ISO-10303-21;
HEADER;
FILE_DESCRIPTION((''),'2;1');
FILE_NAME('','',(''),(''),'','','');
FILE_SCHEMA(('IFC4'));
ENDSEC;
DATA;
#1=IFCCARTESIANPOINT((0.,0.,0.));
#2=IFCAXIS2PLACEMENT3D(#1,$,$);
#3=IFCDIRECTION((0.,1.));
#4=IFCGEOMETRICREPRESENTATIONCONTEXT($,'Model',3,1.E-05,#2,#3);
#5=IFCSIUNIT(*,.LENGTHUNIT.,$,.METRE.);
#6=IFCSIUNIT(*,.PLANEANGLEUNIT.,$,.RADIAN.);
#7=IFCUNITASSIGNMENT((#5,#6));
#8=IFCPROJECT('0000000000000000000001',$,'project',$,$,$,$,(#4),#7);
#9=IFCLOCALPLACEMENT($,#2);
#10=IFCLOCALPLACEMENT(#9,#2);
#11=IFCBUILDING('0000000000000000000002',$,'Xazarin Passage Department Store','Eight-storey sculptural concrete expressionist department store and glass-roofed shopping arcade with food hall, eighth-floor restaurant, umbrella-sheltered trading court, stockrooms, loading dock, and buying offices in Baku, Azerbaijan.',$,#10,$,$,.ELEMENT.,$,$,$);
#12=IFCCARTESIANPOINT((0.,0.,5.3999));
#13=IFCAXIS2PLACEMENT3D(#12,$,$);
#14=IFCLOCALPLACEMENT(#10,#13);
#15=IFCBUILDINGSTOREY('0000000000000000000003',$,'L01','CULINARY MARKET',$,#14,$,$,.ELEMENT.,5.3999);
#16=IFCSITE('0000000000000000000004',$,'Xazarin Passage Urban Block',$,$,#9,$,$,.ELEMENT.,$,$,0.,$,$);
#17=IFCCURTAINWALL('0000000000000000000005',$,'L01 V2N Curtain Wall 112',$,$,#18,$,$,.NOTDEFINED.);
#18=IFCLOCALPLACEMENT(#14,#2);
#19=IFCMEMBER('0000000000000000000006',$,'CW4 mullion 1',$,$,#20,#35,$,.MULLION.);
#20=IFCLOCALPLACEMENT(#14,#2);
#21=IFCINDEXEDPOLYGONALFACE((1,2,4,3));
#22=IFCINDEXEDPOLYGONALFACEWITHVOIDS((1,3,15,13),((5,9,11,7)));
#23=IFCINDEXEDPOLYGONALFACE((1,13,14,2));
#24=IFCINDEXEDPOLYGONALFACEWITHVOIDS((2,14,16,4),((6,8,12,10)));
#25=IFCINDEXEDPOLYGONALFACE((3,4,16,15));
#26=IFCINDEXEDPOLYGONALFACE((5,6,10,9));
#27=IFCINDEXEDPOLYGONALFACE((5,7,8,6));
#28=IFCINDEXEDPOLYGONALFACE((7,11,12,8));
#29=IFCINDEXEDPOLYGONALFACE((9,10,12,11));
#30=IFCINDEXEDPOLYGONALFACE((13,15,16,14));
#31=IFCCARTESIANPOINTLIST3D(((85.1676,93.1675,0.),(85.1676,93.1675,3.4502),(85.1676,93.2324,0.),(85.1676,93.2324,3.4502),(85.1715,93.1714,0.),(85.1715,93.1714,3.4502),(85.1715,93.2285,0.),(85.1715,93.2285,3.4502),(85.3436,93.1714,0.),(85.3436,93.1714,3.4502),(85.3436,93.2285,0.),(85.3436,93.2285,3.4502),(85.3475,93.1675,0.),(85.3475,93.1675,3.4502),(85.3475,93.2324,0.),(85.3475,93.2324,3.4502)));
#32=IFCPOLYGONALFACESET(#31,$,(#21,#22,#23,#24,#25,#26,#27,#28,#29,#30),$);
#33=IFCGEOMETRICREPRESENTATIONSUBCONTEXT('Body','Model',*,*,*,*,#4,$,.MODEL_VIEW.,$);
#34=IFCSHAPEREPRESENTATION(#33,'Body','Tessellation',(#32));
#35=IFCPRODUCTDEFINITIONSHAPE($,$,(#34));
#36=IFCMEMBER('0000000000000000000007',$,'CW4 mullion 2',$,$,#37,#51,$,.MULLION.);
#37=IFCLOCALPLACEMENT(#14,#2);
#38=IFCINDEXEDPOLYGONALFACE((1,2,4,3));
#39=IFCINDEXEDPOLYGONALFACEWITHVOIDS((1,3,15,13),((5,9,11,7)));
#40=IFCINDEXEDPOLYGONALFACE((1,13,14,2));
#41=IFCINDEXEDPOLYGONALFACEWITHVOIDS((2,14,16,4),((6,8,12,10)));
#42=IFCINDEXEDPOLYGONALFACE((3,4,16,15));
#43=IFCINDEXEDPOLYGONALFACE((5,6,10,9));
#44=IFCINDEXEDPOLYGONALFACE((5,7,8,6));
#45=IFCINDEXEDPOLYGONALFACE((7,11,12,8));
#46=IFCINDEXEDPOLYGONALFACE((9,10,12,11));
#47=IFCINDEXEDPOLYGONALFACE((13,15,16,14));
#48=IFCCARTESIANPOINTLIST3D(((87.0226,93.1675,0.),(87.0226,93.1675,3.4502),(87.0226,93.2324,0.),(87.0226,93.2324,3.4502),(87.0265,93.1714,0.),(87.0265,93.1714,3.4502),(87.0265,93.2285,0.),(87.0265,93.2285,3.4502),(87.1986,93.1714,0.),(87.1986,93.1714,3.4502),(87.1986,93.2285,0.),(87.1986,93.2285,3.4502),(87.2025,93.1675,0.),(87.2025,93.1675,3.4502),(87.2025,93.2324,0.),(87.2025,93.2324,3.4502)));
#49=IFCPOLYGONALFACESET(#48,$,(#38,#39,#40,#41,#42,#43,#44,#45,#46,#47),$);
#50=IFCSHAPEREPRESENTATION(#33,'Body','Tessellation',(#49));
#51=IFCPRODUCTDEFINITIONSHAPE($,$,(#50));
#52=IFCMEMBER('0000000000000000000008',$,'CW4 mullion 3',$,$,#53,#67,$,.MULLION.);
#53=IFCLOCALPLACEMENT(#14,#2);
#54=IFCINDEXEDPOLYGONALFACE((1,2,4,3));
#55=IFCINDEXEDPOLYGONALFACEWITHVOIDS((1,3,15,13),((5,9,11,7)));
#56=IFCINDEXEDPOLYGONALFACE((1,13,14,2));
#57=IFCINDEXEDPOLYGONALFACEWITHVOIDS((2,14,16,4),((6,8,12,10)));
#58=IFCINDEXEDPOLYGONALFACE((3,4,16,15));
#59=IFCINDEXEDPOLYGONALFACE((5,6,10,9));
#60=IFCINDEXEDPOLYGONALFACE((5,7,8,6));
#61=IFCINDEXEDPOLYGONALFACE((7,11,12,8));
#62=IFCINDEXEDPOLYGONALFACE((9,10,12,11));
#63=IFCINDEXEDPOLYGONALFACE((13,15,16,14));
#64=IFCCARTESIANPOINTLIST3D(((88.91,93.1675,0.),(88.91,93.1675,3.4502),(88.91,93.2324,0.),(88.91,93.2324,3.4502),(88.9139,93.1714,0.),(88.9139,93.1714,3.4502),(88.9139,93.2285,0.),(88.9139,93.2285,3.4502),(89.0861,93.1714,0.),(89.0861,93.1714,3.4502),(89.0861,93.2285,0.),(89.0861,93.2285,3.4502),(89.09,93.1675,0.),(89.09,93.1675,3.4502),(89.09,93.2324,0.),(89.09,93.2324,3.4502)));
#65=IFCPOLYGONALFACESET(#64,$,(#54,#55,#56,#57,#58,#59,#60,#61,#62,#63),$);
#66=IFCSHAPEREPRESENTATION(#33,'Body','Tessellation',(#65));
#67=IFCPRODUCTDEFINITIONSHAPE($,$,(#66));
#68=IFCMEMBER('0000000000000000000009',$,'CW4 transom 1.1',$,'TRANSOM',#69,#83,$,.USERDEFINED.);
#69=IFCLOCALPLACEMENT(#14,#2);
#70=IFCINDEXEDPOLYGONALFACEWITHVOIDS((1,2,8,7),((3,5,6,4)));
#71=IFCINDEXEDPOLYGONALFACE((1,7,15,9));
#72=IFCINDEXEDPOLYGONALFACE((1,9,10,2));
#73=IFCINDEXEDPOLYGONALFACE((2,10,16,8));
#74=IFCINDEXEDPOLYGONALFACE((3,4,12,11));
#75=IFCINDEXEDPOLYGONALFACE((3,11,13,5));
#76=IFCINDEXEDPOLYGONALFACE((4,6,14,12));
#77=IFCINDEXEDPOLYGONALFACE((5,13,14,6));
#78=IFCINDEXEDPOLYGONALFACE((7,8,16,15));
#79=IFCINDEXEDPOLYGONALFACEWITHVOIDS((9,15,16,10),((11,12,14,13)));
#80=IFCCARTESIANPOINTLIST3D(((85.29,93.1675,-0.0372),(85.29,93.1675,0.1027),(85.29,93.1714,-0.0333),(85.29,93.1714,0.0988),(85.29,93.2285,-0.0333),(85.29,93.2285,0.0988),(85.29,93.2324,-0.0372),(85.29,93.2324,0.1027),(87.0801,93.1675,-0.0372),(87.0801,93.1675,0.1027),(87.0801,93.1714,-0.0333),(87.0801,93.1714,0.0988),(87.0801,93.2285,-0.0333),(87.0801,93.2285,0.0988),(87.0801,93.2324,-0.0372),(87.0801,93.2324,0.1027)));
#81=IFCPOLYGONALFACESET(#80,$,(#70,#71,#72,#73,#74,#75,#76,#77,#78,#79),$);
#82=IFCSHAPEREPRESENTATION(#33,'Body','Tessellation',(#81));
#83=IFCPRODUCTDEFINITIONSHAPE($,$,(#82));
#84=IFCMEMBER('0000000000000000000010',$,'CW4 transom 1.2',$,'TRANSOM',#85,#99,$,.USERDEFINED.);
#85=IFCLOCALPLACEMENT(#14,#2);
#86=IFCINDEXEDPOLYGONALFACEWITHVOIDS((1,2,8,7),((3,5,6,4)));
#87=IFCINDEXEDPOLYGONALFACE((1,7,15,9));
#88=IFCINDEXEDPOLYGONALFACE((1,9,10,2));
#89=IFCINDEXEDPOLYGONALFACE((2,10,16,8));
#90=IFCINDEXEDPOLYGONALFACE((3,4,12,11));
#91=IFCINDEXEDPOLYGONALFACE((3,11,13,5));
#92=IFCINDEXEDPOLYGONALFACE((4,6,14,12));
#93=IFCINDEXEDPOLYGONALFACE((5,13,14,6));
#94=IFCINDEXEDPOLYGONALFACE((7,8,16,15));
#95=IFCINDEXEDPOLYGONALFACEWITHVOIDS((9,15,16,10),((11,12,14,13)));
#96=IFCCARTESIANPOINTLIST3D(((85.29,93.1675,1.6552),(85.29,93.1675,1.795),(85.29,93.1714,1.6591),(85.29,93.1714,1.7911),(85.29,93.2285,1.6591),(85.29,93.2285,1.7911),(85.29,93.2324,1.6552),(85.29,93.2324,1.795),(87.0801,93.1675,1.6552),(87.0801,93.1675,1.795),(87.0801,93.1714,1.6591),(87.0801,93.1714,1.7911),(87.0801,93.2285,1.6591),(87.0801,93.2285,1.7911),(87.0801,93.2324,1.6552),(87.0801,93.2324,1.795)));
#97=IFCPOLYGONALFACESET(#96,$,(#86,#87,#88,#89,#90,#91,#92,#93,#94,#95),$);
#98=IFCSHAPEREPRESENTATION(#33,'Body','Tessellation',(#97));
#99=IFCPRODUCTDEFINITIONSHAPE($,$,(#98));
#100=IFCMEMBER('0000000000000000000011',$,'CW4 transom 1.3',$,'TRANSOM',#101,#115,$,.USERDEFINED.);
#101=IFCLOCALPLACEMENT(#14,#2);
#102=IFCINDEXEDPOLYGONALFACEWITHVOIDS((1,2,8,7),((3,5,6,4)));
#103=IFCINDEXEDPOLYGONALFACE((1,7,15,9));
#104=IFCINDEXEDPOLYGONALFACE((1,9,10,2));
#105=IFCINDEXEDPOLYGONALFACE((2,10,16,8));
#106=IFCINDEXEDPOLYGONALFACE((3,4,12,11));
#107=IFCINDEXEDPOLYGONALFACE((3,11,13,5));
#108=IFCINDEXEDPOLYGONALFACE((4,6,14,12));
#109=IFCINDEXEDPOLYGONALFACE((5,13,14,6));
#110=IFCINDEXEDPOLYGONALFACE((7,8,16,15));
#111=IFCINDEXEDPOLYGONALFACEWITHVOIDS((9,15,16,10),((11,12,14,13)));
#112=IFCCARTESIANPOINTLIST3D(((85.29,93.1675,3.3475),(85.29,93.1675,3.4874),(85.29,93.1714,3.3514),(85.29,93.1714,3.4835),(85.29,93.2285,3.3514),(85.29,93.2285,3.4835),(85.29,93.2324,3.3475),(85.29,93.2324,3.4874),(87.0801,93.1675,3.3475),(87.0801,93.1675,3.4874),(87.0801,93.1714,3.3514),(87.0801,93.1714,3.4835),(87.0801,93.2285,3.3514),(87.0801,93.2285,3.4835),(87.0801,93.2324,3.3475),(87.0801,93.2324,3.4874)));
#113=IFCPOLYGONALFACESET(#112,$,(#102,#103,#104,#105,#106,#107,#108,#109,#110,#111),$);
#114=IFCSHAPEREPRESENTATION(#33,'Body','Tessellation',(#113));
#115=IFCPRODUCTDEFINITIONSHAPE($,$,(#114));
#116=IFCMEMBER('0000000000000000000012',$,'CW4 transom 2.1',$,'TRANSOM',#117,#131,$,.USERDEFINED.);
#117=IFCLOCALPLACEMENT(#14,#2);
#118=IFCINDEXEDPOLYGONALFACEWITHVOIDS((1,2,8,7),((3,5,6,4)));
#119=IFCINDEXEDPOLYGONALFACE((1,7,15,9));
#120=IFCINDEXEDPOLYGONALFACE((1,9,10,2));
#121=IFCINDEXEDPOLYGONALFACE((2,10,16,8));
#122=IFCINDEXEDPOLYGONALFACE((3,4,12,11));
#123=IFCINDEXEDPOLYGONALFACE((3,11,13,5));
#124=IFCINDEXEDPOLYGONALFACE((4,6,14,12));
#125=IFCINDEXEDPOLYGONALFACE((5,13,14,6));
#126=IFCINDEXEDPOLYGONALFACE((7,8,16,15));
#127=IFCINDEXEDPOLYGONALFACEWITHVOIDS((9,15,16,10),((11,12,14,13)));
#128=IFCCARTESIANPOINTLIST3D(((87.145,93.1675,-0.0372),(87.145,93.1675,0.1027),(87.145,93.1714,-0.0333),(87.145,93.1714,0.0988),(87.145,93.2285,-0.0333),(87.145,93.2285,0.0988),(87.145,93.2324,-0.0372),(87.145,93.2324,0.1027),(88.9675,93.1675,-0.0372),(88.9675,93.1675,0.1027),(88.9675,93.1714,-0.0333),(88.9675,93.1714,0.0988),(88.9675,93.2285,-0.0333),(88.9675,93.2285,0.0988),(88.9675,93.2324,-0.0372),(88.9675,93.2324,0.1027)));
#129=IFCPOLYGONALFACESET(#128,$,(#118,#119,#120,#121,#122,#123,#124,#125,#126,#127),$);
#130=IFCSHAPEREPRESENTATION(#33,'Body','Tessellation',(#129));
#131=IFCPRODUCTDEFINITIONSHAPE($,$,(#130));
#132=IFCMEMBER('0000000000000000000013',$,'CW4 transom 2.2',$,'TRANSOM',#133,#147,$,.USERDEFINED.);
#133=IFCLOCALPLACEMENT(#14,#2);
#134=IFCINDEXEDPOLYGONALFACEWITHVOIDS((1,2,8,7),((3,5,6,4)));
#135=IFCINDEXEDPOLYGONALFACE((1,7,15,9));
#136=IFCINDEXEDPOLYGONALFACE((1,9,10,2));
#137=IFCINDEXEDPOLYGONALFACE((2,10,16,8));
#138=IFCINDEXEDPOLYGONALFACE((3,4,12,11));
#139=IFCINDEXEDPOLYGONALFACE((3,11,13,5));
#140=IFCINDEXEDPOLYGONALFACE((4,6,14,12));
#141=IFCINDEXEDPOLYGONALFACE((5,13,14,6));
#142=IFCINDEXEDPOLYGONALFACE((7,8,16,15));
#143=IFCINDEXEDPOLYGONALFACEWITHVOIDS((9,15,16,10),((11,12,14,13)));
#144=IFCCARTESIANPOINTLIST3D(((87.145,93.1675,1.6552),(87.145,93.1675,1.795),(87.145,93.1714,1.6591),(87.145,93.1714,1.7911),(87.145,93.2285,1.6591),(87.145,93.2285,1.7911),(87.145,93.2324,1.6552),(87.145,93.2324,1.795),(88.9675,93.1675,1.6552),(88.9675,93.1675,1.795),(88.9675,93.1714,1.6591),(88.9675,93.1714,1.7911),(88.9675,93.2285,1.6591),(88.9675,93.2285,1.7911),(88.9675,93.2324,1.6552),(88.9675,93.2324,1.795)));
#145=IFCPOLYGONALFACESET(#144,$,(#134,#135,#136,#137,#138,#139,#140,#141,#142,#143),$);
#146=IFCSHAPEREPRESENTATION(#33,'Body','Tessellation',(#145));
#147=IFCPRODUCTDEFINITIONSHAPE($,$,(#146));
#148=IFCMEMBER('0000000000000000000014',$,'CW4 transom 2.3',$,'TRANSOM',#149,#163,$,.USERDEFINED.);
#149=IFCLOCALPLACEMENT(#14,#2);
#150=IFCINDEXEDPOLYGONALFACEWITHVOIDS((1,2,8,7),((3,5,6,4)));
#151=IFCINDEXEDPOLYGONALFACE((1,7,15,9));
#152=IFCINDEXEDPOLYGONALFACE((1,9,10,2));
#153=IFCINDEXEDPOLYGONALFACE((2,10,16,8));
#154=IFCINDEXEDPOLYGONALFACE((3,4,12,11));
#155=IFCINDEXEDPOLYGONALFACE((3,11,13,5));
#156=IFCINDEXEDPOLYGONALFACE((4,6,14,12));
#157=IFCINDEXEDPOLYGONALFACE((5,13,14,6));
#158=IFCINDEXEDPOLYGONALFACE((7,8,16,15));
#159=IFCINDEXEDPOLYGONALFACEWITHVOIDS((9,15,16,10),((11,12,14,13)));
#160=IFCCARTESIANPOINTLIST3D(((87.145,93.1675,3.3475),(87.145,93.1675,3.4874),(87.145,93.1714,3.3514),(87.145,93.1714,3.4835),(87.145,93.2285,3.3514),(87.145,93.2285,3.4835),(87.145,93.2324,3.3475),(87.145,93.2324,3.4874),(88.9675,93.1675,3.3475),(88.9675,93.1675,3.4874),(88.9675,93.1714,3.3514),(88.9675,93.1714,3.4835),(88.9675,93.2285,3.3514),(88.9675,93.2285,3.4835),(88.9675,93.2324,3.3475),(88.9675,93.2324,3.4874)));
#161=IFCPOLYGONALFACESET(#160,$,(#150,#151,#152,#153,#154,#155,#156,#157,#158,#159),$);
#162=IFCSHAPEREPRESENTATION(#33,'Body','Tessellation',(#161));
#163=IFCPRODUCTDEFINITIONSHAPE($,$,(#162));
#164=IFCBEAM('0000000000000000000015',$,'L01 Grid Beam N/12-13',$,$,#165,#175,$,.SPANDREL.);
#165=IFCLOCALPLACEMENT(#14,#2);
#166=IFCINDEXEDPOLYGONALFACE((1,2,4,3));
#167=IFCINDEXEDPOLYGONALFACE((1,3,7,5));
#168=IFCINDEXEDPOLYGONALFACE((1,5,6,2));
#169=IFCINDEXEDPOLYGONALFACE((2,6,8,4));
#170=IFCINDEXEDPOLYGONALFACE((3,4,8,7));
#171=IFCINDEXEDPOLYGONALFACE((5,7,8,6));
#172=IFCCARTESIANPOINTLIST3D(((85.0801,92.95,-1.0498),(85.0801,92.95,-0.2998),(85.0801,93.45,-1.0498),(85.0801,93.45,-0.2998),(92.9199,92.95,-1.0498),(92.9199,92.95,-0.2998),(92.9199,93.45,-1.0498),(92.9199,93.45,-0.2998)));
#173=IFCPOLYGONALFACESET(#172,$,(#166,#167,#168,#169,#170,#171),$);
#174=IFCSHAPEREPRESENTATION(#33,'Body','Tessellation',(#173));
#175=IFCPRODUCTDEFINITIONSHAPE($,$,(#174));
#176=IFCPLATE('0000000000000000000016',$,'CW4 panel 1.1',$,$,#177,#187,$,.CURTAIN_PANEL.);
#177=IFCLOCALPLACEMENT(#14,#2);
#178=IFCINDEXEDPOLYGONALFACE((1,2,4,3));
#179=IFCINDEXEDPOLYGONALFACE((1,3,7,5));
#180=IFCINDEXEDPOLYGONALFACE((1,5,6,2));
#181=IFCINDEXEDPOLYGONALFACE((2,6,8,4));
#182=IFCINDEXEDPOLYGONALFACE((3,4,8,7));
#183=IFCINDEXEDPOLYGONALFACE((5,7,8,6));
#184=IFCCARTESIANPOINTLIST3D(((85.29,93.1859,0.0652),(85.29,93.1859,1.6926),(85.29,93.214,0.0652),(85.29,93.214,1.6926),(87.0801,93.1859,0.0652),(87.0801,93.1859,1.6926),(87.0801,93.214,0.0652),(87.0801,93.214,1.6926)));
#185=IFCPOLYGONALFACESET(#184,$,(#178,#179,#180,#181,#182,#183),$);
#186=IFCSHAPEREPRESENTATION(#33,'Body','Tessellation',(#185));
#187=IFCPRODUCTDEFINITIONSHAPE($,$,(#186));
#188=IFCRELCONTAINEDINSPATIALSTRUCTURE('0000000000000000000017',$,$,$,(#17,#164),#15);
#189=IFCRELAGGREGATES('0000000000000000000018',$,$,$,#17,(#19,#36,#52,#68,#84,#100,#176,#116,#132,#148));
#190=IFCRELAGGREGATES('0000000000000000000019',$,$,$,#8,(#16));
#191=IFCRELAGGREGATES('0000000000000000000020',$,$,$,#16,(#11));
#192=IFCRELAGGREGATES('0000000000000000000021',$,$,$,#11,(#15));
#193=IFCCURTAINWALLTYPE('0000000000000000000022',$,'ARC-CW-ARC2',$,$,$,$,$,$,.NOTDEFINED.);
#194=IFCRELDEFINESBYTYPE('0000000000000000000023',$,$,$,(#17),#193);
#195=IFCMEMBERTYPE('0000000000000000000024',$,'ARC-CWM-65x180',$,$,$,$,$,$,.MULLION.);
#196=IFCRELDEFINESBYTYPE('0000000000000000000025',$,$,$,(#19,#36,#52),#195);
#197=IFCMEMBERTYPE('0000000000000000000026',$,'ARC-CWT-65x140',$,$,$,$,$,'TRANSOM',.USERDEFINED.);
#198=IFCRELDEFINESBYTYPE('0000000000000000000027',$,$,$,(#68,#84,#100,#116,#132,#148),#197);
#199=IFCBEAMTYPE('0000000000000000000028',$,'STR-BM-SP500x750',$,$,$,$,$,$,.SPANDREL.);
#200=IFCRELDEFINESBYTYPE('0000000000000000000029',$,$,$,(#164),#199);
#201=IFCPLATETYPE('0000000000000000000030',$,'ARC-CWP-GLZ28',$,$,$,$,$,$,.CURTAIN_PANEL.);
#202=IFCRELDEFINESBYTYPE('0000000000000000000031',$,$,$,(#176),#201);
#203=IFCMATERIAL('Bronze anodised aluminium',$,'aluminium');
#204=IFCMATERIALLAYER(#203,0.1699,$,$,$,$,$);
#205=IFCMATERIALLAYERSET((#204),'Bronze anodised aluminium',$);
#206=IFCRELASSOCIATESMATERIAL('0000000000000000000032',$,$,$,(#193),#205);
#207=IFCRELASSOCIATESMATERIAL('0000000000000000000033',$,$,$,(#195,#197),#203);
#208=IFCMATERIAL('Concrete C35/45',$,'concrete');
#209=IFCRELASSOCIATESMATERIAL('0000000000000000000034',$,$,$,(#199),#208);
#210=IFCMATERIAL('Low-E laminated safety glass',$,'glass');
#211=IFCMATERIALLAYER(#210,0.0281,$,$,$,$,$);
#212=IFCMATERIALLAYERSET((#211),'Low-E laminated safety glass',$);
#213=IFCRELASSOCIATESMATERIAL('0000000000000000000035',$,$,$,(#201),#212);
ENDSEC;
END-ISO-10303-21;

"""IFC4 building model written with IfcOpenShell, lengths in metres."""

from ifc_helpers import new_model, si_unit, direction, frame, origin, origin_2d, place, context, subcontext, project, spatial, rectangle, hollow_rectangle, extrude, material, layer, layer_set, material_profile, profile_set, type_object, element, aggregate, save


model = new_model("IFC4")

# Units and contexts
model_context = context("Model", 3, precision=1e-05, world=origin(), true_north=direction((0.0, 1.0)))
body_context = subcontext(model_context, "Body", "Model", "MODEL_VIEW")
ifc_project = project(units=[si_unit("LENGTHUNIT", "METRE"), si_unit("PLANEANGLEUNIT", "RADIAN")], contexts=[model_context])

# Site, building, storey
site_placement = place(None, origin())
site = spatial("IfcSite", under=ifc_project, at=site_placement, Name="Xazarin Passage Urban Block", CompositionType="ELEMENT", RefElevation=0.0)
building_placement = place(site_placement, origin())
building = spatial("IfcBuilding", under=site, at=building_placement, Name="Xazarin Passage Department Store", Description="Eight-storey sculptural concrete expressionist department store and glass-roofed shopping arcade with food hall, eighth-floor restaurant, umbrella-sheltered trading court, stockrooms, loading dock, and buying offices in Baku, Azerbaijan.", CompositionType="ELEMENT")
storey_placement = place(building_placement, frame((0.0, 0.0, 5.3999)))
storey = spatial("IfcBuildingStorey", under=building, at=storey_placement, Name="L01", Description="CULINARY MARKET", CompositionType="ELEMENT", Elevation=5.3999)

# Curtain wall, members
ifc_material_1 = material(Name="Bronze anodised aluminium", Category="aluminium")
ifc_layer_1 = layer(ifc_material_1, 0.1699)
ifc_layer_set_1 = layer_set([ifc_layer_1], Name="Bronze anodised aluminium")
curtain_wall_type = type_object("IfcCurtainWallType", Name="ARC-CW-ARC2", PredefinedType="NOTDEFINED", material=ifc_layer_set_1)
curtain_wall_placement = place(storey_placement, origin())
curtain_wall = element("IfcCurtainWall", 1, at=curtain_wall_placement, inside=storey, type_object=curtain_wall_type, Name="L01 V2N Curtain Wall 112", PredefinedType="NOTDEFINED")
ifc_material_profile_1 = material_profile(ifc_material_1, hollow_rectangle(XDim=0.0649, YDim=0.1799, WallThickness=0.0039, at=origin_2d()), Name="ALU 65x180")
ifc_profile_set_1 = profile_set([ifc_material_profile_1], Name="Bronze anodised aluminium")
member_type_1 = type_object("IfcMemberType", Name="ARC-CWM-65x180", PredefinedType="MULLION", material=ifc_profile_set_1)
member_1_placement = place(storey_placement, frame((85.2576, 93.2, 0.0), z_axis=(0.0, 0.0, 1.0), x_axis=(0.0, 1.0, 0.0)))
member_1 = element("IfcMember", 2, at=member_1_placement, type_object=member_type_1, Name="CW4 mullion 1", PredefinedType="MULLION", context=body_context, shape_type="SweptSolid", body=[
    extrude(hollow_rectangle(XDim=0.0649, YDim=0.1799, WallThickness=0.0039, at=origin_2d()), origin(), (0.0, 0.0, 1.0), 3.4502),
])
member_2_placement = place(storey_placement, frame((87.1125, 93.2, 0.0), z_axis=(0.0, 0.0, 1.0), x_axis=(0.0, 1.0, 0.0)))
member_2 = element("IfcMember", 3, at=member_2_placement, type_object=member_type_1, Name="CW4 mullion 2", PredefinedType="MULLION", context=body_context, shape_type="SweptSolid", body=[
    extrude(hollow_rectangle(XDim=0.0649, YDim=0.1799, WallThickness=0.0039, at=origin_2d()), origin(), (0.0, 0.0, 1.0), 3.4502),
])
member_3_placement = place(storey_placement, frame((89.0, 93.2, 0.0), z_axis=(0.0, 0.0, 1.0), x_axis=(0.0, 1.0, 0.0)))
member_3 = element("IfcMember", 4, at=member_3_placement, type_object=member_type_1, Name="CW4 mullion 3", PredefinedType="MULLION", context=body_context, shape_type="SweptSolid", body=[
    extrude(hollow_rectangle(XDim=0.0649, YDim=0.1799, WallThickness=0.0039, at=origin_2d()), origin(), (0.0, 0.0, 1.0), 3.4502),
])
ifc_material_profile_2 = material_profile(ifc_material_1, hollow_rectangle(XDim=0.0649, YDim=0.1399, WallThickness=0.0039, at=origin_2d()), Name="ALU 65x140")
ifc_profile_set_2 = profile_set([ifc_material_profile_2], Name="Bronze anodised aluminium")
member_type_2 = type_object("IfcMemberType", Name="ARC-CWT-65x140", ElementType="TRANSOM", PredefinedType="USERDEFINED", material=ifc_profile_set_2)
member_4_placement = place(storey_placement, frame((85.29, 93.2, 0.0327), z_axis=(1.0, 0.0, 0.0), x_axis=(0.0, 1.0, 0.0)))
member_4 = element("IfcMember", 5, at=member_4_placement, type_object=member_type_2, Name="CW4 transom 1.1", ObjectType="TRANSOM", PredefinedType="USERDEFINED", context=body_context, shape_type="SweptSolid", body=[
    extrude(hollow_rectangle(XDim=0.0649, YDim=0.1399, WallThickness=0.0039, at=origin_2d()), origin(), (0.0, 0.0, 1.0), 1.79),
])
member_5_placement = place(storey_placement, frame((85.29, 93.2, 1.7251), z_axis=(1.0, 0.0, 0.0), x_axis=(0.0, 1.0, 0.0)))
member_5 = element("IfcMember", 6, at=member_5_placement, type_object=member_type_2, Name="CW4 transom 1.2", ObjectType="TRANSOM", PredefinedType="USERDEFINED", context=body_context, shape_type="SweptSolid", body=[
    extrude(hollow_rectangle(XDim=0.0649, YDim=0.1399, WallThickness=0.0039, at=origin_2d()), origin(), (0.0, 0.0, 1.0), 1.79),
])
member_6_placement = place(storey_placement, frame((85.29, 93.2, 3.4175), z_axis=(1.0, 0.0, 0.0), x_axis=(0.0, 1.0, 0.0)))
member_6 = element("IfcMember", 7, at=member_6_placement, type_object=member_type_2, Name="CW4 transom 1.3", ObjectType="TRANSOM", PredefinedType="USERDEFINED", context=body_context, shape_type="SweptSolid", body=[
    extrude(hollow_rectangle(XDim=0.0649, YDim=0.1399, WallThickness=0.0039, at=origin_2d()), origin(), (0.0, 0.0, 1.0), 1.79),
])
member_7_placement = place(storey_placement, frame((87.145, 93.2, 0.0327), z_axis=(1.0, 0.0, 0.0), x_axis=(0.0, 1.0, 0.0)))
member_7 = element("IfcMember", 8, at=member_7_placement, type_object=member_type_2, Name="CW4 transom 2.1", ObjectType="TRANSOM", PredefinedType="USERDEFINED", context=body_context, shape_type="SweptSolid", body=[
    extrude(hollow_rectangle(XDim=0.0649, YDim=0.1399, WallThickness=0.0039, at=origin_2d()), origin(), (0.0, 0.0, 1.0), 1.8225),
])
member_8_placement = place(storey_placement, frame((87.145, 93.2, 1.7251), z_axis=(1.0, 0.0, 0.0), x_axis=(0.0, 1.0, 0.0)))
member_8 = element("IfcMember", 9, at=member_8_placement, type_object=member_type_2, Name="CW4 transom 2.2", ObjectType="TRANSOM", PredefinedType="USERDEFINED", context=body_context, shape_type="SweptSolid", body=[
    extrude(hollow_rectangle(XDim=0.0649, YDim=0.1399, WallThickness=0.0039, at=origin_2d()), origin(), (0.0, 0.0, 1.0), 1.8225),
])
member_9_placement = place(storey_placement, frame((87.145, 93.2, 3.4175), z_axis=(1.0, 0.0, 0.0), x_axis=(0.0, 1.0, 0.0)))
member_9 = element("IfcMember", 10, at=member_9_placement, type_object=member_type_2, Name="CW4 transom 2.3", ObjectType="TRANSOM", PredefinedType="USERDEFINED", context=body_context, shape_type="SweptSolid", body=[
    extrude(hollow_rectangle(XDim=0.0649, YDim=0.1399, WallThickness=0.0039, at=origin_2d()), origin(), (0.0, 0.0, 1.0), 1.8225),
])

# Beam
ifc_material_2 = material(Name="Concrete C35/45", Category="concrete")
ifc_material_profile_3 = material_profile(ifc_material_2, rectangle(XDim=0.5, YDim=0.75, at=origin_2d()), Name="RC 500x750")
ifc_profile_set_3 = profile_set([ifc_material_profile_3], Name="Concrete C35/45")
beam_type = type_object("IfcBeamType", Name="STR-BM-SP500x750", PredefinedType="SPANDREL", material=ifc_profile_set_3)
beam_placement = place(storey_placement, frame((85.0801, 93.2, -0.6748), z_axis=(1.0, 0.0, 0.0), x_axis=(0.0, 1.0, 0.0)))
element("IfcBeam", 11, at=beam_placement, inside=storey, type_object=beam_type, Name="L01 Grid Beam N/12-13", PredefinedType="SPANDREL", context=body_context, shape_type="SweptSolid", body=[
    extrude(rectangle(XDim=0.5, YDim=0.75, at=origin_2d()), origin(), (0.0, 0.0, 1.0), 7.8398),
])

# Plate
ifc_material_3 = material(Name="Low-E laminated safety glass", Category="glass")
ifc_layer_2 = layer(ifc_material_3, 0.0281)
ifc_layer_set_2 = layer_set([ifc_layer_2], Name="Low-E laminated safety glass")
plate_type = type_object("IfcPlateType", Name="ARC-CWP-GLZ28", PredefinedType="CURTAIN_PANEL", material=ifc_layer_set_2)
plate_1_placement = place(storey_placement, frame((86.1851, 93.2, 0.0652), z_axis=(0.0, 0.0, 1.0), x_axis=(1.0, 0.0, 0.0)))
plate_1 = element("IfcPlate", 12, at=plate_1_placement, type_object=plate_type, Name="CW4 panel 1.1", PredefinedType="CURTAIN_PANEL", context=body_context, shape_type="SweptSolid", body=[
    extrude(rectangle(XDim=1.79, YDim=0.0281, at=origin_2d()), origin(), (0.0, 0.0, 1.0), 1.6274),
])
aggregate(curtain_wall, [member_1, member_2, member_3, member_4, member_5, member_6, plate_1, member_7, member_8, member_9])

save(model, "model.ifc")
